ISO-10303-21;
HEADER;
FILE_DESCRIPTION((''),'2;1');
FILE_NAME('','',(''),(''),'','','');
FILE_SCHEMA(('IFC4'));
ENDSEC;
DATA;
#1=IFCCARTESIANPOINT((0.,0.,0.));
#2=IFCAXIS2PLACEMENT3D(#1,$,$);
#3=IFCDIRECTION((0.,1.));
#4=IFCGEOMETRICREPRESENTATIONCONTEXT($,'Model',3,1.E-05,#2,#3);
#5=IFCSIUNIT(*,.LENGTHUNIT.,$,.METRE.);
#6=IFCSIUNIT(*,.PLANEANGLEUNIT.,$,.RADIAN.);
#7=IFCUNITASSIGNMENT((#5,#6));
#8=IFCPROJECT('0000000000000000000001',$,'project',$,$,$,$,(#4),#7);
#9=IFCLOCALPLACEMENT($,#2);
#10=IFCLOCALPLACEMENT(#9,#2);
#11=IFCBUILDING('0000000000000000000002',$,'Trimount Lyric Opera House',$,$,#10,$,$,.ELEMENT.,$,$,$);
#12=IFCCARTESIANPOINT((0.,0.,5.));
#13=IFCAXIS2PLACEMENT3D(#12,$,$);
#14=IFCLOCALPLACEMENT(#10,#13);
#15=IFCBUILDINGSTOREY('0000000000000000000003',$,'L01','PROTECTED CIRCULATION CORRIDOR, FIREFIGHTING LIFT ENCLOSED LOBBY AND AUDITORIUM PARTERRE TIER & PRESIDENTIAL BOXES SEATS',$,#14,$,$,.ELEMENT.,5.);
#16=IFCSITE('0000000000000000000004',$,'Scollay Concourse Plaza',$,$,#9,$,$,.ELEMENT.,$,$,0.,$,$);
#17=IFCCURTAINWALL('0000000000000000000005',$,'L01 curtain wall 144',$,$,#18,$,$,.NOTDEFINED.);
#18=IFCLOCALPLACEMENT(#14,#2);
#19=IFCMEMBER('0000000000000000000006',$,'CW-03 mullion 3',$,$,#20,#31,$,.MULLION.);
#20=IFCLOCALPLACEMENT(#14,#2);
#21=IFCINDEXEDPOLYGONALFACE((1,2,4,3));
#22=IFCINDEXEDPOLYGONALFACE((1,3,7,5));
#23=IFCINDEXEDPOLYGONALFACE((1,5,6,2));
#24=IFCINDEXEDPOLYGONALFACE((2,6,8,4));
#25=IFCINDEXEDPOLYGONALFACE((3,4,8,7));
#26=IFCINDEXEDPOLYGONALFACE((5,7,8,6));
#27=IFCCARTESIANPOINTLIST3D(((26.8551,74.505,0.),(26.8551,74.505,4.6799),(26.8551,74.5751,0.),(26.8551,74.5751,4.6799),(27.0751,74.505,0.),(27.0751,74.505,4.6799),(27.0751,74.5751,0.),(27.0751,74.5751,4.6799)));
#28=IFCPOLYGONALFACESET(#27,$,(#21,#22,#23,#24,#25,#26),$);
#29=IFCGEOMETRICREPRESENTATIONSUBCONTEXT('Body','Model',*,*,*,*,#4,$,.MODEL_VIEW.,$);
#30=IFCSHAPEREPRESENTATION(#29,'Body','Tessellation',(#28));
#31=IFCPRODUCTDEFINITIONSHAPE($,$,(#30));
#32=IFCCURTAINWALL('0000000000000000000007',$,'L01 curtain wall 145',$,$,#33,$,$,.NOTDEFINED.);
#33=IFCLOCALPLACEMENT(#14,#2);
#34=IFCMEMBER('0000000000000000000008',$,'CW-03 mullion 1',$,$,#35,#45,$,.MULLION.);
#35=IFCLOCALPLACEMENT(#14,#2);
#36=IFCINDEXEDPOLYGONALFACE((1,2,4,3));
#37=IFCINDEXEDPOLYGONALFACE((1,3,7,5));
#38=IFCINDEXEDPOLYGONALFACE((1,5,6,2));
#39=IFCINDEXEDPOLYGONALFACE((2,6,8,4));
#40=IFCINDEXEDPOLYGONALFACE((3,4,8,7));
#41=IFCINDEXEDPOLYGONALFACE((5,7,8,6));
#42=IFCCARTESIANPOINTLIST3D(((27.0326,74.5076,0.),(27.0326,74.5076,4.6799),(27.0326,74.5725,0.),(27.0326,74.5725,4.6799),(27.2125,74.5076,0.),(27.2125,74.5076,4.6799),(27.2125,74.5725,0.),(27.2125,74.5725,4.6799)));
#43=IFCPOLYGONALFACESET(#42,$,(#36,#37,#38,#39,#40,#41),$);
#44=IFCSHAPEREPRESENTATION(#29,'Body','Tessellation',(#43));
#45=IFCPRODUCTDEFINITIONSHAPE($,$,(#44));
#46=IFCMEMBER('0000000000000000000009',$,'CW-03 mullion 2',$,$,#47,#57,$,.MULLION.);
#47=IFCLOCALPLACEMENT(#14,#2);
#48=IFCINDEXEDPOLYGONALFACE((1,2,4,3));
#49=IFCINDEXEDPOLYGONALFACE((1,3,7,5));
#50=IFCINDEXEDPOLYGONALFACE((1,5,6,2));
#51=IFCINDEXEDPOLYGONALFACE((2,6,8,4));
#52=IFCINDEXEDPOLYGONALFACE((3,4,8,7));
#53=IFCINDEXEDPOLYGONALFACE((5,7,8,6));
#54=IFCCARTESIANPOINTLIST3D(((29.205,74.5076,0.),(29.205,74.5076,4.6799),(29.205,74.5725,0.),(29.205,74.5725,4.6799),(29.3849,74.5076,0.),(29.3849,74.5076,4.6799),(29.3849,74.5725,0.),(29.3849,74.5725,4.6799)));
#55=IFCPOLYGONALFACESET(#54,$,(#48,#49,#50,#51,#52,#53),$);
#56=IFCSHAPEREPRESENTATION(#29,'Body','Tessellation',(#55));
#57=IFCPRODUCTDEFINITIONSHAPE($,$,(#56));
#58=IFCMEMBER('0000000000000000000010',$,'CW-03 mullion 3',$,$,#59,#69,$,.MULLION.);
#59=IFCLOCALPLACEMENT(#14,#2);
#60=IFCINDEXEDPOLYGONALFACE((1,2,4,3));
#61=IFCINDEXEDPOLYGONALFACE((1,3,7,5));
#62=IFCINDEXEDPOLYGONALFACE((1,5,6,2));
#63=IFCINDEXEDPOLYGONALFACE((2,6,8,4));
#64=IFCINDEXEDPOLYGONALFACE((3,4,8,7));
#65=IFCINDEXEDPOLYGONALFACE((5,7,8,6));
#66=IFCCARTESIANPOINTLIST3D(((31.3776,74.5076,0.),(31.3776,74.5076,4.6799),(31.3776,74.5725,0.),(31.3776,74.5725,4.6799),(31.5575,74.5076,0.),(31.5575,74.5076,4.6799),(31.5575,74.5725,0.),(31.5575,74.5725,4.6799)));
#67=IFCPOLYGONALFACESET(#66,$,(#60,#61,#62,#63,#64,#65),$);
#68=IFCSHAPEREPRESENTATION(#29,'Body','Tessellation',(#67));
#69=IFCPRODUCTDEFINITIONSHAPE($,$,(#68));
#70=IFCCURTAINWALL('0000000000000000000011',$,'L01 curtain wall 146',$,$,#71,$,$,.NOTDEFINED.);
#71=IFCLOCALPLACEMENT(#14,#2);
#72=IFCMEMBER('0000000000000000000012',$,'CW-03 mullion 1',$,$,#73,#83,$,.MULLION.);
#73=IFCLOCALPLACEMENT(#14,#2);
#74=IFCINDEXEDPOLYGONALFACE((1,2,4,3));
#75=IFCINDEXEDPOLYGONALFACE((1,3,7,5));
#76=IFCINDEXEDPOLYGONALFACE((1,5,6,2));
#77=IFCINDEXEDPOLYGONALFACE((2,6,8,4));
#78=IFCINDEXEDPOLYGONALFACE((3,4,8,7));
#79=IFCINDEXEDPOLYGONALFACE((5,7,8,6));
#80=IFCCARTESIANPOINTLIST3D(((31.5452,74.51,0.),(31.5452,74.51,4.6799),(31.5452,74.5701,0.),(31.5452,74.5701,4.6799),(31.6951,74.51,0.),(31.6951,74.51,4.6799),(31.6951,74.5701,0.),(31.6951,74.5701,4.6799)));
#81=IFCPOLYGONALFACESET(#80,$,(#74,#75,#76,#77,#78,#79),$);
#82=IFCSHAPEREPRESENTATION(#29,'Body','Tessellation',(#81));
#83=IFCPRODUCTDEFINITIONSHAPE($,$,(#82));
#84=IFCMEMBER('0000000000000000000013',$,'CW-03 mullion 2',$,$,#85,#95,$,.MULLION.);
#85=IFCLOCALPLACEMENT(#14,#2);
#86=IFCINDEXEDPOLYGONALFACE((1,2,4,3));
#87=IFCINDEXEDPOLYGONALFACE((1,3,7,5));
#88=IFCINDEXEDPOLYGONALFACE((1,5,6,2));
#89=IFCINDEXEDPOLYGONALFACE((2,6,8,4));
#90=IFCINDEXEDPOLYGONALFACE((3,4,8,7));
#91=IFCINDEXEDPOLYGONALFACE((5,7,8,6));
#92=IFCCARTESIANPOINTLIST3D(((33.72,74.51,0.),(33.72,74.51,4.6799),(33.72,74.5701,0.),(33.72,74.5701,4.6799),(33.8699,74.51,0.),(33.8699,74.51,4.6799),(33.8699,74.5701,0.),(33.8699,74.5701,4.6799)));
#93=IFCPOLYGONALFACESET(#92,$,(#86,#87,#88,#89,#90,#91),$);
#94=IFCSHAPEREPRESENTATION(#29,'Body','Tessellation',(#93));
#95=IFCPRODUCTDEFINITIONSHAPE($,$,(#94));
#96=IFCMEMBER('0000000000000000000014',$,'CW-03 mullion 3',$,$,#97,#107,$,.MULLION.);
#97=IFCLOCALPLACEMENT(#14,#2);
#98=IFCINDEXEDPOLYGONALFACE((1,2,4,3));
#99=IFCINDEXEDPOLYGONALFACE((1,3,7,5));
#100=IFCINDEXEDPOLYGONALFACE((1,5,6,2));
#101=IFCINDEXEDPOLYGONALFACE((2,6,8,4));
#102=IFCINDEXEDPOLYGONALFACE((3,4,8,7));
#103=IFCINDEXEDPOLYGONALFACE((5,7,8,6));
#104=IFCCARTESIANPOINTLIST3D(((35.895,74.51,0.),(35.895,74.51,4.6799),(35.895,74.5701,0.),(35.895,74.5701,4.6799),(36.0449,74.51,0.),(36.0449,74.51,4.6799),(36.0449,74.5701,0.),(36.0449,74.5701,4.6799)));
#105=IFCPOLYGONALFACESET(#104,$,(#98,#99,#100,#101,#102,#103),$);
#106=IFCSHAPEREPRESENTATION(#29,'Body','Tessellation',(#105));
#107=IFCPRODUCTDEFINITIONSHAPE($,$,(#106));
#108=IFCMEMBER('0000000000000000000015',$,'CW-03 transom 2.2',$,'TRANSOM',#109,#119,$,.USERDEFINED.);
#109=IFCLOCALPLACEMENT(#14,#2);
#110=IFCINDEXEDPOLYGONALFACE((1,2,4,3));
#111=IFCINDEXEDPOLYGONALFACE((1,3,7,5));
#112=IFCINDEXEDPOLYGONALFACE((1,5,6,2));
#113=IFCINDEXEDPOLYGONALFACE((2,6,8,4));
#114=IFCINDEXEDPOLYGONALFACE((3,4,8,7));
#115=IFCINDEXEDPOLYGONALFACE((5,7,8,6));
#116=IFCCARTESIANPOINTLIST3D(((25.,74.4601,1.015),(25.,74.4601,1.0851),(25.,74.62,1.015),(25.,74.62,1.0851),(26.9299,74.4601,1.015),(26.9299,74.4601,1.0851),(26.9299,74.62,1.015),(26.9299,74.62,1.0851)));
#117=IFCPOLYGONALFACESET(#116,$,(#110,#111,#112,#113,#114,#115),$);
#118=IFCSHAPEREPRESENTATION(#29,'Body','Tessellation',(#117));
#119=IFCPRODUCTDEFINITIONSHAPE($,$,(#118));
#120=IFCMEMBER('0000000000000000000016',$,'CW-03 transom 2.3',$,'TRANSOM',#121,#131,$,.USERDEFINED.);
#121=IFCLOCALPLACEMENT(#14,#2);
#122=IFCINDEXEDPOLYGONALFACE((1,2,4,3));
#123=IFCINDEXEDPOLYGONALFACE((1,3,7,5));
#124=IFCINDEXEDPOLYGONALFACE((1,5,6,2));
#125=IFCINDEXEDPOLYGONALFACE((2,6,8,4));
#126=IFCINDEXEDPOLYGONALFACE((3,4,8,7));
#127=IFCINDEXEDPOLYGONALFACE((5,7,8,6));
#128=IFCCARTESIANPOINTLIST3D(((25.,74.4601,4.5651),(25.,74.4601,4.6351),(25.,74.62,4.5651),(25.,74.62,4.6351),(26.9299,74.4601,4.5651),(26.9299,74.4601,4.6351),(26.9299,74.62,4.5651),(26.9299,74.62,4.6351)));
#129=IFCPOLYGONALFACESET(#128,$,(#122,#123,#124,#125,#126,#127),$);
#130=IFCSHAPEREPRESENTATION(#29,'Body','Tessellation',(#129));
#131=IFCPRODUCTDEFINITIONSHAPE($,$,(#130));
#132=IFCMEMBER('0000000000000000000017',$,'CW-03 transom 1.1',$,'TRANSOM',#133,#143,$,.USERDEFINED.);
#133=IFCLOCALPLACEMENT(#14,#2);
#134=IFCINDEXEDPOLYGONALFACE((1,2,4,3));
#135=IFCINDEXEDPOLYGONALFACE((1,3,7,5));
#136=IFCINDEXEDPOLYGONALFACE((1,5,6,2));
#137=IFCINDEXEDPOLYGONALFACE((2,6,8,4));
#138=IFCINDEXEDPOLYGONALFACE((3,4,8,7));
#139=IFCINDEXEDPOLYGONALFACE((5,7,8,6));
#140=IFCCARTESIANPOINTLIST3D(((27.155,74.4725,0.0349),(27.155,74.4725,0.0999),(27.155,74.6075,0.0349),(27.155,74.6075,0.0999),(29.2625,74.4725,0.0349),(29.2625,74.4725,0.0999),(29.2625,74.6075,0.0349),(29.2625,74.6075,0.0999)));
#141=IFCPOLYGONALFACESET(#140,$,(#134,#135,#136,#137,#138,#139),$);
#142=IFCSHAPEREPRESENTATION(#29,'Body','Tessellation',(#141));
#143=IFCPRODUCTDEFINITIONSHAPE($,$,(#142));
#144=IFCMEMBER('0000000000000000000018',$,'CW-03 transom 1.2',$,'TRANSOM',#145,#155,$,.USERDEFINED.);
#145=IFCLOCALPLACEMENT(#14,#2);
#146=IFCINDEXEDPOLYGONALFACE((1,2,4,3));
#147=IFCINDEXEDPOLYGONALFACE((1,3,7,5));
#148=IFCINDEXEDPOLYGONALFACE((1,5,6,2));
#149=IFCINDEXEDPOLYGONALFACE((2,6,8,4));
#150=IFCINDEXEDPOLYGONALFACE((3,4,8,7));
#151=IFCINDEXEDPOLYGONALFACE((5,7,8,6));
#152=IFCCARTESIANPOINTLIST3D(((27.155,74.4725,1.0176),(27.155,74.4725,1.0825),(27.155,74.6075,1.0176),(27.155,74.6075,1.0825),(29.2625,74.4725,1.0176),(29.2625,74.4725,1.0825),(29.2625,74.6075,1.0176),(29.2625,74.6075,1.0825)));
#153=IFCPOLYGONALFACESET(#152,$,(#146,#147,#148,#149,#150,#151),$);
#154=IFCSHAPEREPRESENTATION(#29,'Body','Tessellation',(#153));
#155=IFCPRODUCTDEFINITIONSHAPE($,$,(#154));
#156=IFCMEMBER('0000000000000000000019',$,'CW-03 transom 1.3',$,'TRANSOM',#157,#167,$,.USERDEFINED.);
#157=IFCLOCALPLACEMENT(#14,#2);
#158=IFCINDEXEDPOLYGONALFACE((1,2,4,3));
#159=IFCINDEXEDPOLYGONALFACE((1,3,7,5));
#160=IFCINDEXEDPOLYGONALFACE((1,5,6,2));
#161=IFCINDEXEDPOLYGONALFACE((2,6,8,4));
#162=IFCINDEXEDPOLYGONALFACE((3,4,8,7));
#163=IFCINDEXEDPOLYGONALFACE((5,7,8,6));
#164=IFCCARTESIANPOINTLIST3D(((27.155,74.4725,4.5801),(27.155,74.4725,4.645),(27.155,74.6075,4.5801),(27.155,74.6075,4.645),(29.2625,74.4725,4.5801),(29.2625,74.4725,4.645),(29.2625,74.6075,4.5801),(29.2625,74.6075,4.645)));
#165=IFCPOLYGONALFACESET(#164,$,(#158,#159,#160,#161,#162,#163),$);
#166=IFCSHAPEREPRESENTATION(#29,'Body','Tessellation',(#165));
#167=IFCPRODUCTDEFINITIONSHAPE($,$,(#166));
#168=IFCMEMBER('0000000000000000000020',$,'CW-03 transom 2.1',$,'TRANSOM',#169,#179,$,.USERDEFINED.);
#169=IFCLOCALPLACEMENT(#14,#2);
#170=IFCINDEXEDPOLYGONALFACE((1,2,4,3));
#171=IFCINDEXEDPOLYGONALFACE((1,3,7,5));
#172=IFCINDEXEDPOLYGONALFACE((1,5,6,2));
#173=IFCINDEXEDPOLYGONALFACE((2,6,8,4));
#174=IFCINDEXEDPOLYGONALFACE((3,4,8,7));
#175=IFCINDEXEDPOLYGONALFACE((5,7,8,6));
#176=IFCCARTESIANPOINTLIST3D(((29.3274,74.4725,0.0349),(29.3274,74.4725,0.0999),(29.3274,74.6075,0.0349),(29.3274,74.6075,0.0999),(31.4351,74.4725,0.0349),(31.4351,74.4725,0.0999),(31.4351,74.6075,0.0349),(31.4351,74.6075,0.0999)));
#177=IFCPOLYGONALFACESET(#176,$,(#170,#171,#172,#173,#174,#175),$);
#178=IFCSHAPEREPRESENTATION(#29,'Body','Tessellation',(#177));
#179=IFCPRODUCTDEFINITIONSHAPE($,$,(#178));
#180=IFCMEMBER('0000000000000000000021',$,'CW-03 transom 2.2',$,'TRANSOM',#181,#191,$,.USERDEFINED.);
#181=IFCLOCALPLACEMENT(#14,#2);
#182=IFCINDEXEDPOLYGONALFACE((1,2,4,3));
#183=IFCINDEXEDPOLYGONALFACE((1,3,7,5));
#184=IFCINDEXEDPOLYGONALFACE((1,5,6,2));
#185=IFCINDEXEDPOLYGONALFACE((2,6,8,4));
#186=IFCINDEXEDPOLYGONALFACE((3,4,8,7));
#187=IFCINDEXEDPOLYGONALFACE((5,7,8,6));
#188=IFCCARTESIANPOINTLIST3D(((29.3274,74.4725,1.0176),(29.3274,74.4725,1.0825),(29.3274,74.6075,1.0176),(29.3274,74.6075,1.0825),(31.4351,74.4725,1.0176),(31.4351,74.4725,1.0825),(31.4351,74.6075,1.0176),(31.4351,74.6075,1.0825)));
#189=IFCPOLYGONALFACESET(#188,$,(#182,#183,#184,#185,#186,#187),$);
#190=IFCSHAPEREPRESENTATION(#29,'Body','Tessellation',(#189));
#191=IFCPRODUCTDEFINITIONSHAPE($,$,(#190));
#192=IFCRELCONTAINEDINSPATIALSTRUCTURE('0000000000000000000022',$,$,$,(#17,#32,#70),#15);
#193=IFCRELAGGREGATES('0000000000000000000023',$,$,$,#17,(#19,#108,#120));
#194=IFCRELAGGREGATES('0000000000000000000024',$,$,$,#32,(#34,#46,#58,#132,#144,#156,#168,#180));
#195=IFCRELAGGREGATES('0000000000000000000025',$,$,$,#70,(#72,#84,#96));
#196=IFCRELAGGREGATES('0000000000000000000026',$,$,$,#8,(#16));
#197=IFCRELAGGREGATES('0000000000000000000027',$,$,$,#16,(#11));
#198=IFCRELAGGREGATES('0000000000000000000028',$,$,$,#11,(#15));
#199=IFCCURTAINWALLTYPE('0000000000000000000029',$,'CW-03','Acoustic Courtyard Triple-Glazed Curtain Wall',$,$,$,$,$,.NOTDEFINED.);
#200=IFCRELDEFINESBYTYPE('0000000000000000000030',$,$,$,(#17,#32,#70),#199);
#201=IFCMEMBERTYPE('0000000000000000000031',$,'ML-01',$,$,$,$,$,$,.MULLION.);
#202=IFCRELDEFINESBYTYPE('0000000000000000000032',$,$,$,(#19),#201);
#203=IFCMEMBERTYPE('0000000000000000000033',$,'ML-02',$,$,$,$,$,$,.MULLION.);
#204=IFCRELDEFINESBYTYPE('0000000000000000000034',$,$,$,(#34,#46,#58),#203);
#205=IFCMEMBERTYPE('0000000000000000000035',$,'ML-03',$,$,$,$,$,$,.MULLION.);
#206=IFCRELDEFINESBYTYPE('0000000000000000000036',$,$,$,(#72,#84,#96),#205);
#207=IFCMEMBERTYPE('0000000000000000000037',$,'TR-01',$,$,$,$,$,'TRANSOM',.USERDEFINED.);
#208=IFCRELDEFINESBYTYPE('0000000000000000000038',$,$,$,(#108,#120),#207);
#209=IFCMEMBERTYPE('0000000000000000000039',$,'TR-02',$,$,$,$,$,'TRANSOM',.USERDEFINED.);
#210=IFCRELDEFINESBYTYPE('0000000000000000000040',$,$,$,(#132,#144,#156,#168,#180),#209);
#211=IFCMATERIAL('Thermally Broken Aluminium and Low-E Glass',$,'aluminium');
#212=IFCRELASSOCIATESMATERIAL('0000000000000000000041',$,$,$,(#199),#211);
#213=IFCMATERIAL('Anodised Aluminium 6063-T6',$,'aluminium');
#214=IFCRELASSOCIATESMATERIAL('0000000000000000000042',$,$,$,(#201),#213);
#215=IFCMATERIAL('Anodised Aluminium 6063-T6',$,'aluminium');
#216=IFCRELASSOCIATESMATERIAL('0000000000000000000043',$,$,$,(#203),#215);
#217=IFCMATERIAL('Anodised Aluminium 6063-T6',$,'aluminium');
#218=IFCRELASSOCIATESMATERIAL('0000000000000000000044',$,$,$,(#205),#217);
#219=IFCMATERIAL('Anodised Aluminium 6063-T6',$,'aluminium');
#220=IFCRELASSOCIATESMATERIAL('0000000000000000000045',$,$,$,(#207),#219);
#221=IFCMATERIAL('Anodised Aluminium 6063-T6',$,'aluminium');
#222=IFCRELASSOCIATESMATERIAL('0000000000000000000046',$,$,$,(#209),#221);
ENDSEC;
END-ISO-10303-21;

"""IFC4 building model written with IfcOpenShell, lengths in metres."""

from ifc_helpers import new_model, si_unit, direction, frame, origin, origin_2d, place, context, subcontext, project, spatial, rectangle, extrude, material, material_profile, profile_set, type_object, element, aggregate, save


model = new_model("IFC4")

# Units and contexts
model_context = context("Model", 3, precision=1e-05, world=origin(), true_north=direction((0.0, 1.0)))
body_context = subcontext(model_context, "Body", "Model", "MODEL_VIEW")
ifc_project = project(units=[si_unit("LENGTHUNIT", "METRE"), si_unit("PLANEANGLEUNIT", "RADIAN")], contexts=[model_context])

# Site, building, storey
site_placement = place(None, origin())
site = spatial("IfcSite", under=ifc_project, at=site_placement, Name="Scollay Concourse Plaza", CompositionType="ELEMENT", RefElevation=0.0)
building_placement = place(site_placement, origin())
building = spatial("IfcBuilding", under=site, at=building_placement, Name="Trimount Lyric Opera House", CompositionType="ELEMENT")
storey_placement = place(building_placement, frame((0.0, 0.0, 5.0)))
storey = spatial("IfcBuildingStorey", under=building, at=storey_placement, Name="L01", Description="PROTECTED CIRCULATION CORRIDOR, FIREFIGHTING LIFT ENCLOSED LOBBY AND AUDITORIUM PARTERRE TIER & PRESIDENTIAL BOXES SEATS", CompositionType="ELEMENT", Elevation=5.0)

# Curtain wall, member
ifc_material_1 = material(Name="Thermally Broken Aluminium and Low-E Glass", Category="aluminium")
curtain_wall_type = type_object("IfcCurtainWallType", Name="CW-03", Description="Acoustic Courtyard Triple-Glazed Curtain Wall", PredefinedType="NOTDEFINED", material=ifc_material_1)
curtain_wall_1_placement = place(storey_placement, origin())
curtain_wall_1 = element("IfcCurtainWall", 1, at=curtain_wall_1_placement, inside=storey, type_object=curtain_wall_type, Name="L01 curtain wall 144", PredefinedType="NOTDEFINED")
ifc_material_2 = material(Name="Anodised Aluminium 6063-T6", Category="aluminium")
ifc_material_profile_1 = material_profile(ifc_material_2, rectangle(XDim=0.0701, YDim=0.22, at=origin_2d()), Name="ALU-MULL-70X220")
ifc_profile_set_1 = profile_set([ifc_material_profile_1], Name="Anodised Aluminium 6063-T6")
member_type_1 = type_object("IfcMemberType", Name="ML-01", PredefinedType="MULLION", material=ifc_profile_set_1)
member_1_placement = place(storey_placement, frame((26.9651, 74.54, 0.0), z_axis=(0.0, 0.0, 1.0), x_axis=(0.0, 1.0, 0.0)))
member_1 = element("IfcMember", 2, at=member_1_placement, type_object=member_type_1, Name="CW-03 mullion 3", PredefinedType="MULLION", context=body_context, shape_type="SweptSolid", body=[
    extrude(rectangle(XDim=0.0701, YDim=0.22, at=origin_2d()), origin(), (0.0, 0.0, 1.0), 4.6799),
])

# Curtain walls, members
curtain_wall_2_placement = place(storey_placement, origin())
curtain_wall_2 = element("IfcCurtainWall", 3, at=curtain_wall_2_placement, inside=storey, type_object=curtain_wall_type, Name="L01 curtain wall 145", PredefinedType="NOTDEFINED")
ifc_material_3 = material(Name="Anodised Aluminium 6063-T6", Category="aluminium")
ifc_material_profile_2 = material_profile(ifc_material_3, rectangle(XDim=0.0649, YDim=0.1799, at=origin_2d()), Name="ALU-MULL-65X180")
ifc_profile_set_2 = profile_set([ifc_material_profile_2], Name="Anodised Aluminium 6063-T6")
member_type_2 = type_object("IfcMemberType", Name="ML-02", PredefinedType="MULLION", material=ifc_profile_set_2)
member_2_placement = place(storey_placement, frame((27.1226, 74.54, 0.0), z_axis=(0.0, 0.0, 1.0), x_axis=(0.0, 1.0, 0.0)))
member_2 = element("IfcMember", 4, at=member_2_placement, type_object=member_type_2, Name="CW-03 mullion 1", PredefinedType="MULLION", context=body_context, shape_type="SweptSolid", body=[
    extrude(rectangle(XDim=0.0649, YDim=0.1799, at=origin_2d()), origin(), (0.0, 0.0, 1.0), 4.6799),
])
member_3_placement = place(storey_placement, frame((29.2949, 74.54, 0.0), z_axis=(0.0, 0.0, 1.0), x_axis=(0.0, 1.0, 0.0)))
member_3 = element("IfcMember", 5, at=member_3_placement, type_object=member_type_2, Name="CW-03 mullion 2", PredefinedType="MULLION", context=body_context, shape_type="SweptSolid", body=[
    extrude(rectangle(XDim=0.0649, YDim=0.1799, at=origin_2d()), origin(), (0.0, 0.0, 1.0), 4.6799),
])
member_4_placement = place(storey_placement, frame((31.4675, 74.54, 0.0), z_axis=(0.0, 0.0, 1.0), x_axis=(0.0, 1.0, 0.0)))
member_4 = element("IfcMember", 6, at=member_4_placement, type_object=member_type_2, Name="CW-03 mullion 3", PredefinedType="MULLION", context=body_context, shape_type="SweptSolid", body=[
    extrude(rectangle(XDim=0.0649, YDim=0.1799, at=origin_2d()), origin(), (0.0, 0.0, 1.0), 4.6799),
])
curtain_wall_3_placement = place(storey_placement, origin())
curtain_wall_3 = element("IfcCurtainWall", 7, at=curtain_wall_3_placement, inside=storey, type_object=curtain_wall_type, Name="L01 curtain wall 146", PredefinedType="NOTDEFINED")
ifc_material_4 = material(Name="Anodised Aluminium 6063-T6", Category="aluminium")
ifc_material_profile_3 = material_profile(ifc_material_4, rectangle(XDim=0.0601, YDim=0.1499, at=origin_2d()), Name="ALU-MULL-60X150")
ifc_profile_set_3 = profile_set([ifc_material_profile_3], Name="Anodised Aluminium 6063-T6")
member_type_3 = type_object("IfcMemberType", Name="ML-03", PredefinedType="MULLION", material=ifc_profile_set_3)
member_5_placement = place(storey_placement, frame((31.6201, 74.54, 0.0), z_axis=(0.0, 0.0, 1.0), x_axis=(0.0, 1.0, 0.0)))
member_5 = element("IfcMember", 8, at=member_5_placement, type_object=member_type_3, Name="CW-03 mullion 1", PredefinedType="MULLION", context=body_context, shape_type="SweptSolid", body=[
    extrude(rectangle(XDim=0.0601, YDim=0.1499, at=origin_2d()), origin(), (0.0, 0.0, 1.0), 4.6799),
])
member_6_placement = place(storey_placement, frame((33.7949, 74.54, 0.0), z_axis=(0.0, 0.0, 1.0), x_axis=(0.0, 1.0, 0.0)))
member_6 = element("IfcMember", 9, at=member_6_placement, type_object=member_type_3, Name="CW-03 mullion 2", PredefinedType="MULLION", context=body_context, shape_type="SweptSolid", body=[
    extrude(rectangle(XDim=0.0601, YDim=0.1499, at=origin_2d()), origin(), (0.0, 0.0, 1.0), 4.6799),
])
member_7_placement = place(storey_placement, frame((35.97, 74.54, 0.0), z_axis=(0.0, 0.0, 1.0), x_axis=(0.0, 1.0, 0.0)))
member_7 = element("IfcMember", 10, at=member_7_placement, type_object=member_type_3, Name="CW-03 mullion 3", PredefinedType="MULLION", context=body_context, shape_type="SweptSolid", body=[
    extrude(rectangle(XDim=0.0601, YDim=0.1499, at=origin_2d()), origin(), (0.0, 0.0, 1.0), 4.6799),
])

# Members
ifc_material_5 = material(Name="Anodised Aluminium 6063-T6", Category="aluminium")
ifc_material_profile_4 = material_profile(ifc_material_5, rectangle(XDim=0.1599, YDim=0.0701, at=origin_2d()), Name="ALU-TRAN-70X160")
ifc_profile_set_4 = profile_set([ifc_material_profile_4], Name="Anodised Aluminium 6063-T6")
member_type_4 = type_object("IfcMemberType", Name="TR-01", ElementType="TRANSOM", PredefinedType="USERDEFINED", material=ifc_profile_set_4)
member_8_placement = place(storey_placement, frame((25.0, 74.54, 1.05), z_axis=(1.0, 0.0, 0.0), x_axis=(0.0, 1.0, 0.0)))
member_8 = element("IfcMember", 11, at=member_8_placement, type_object=member_type_4, Name="CW-03 transom 2.2", ObjectType="TRANSOM", PredefinedType="USERDEFINED", context=body_context, shape_type="SweptSolid", body=[
    extrude(rectangle(XDim=0.1599, YDim=0.0701, at=origin_2d()), origin(), (0.0, 0.0, 1.0), 1.9299),
])
member_9_placement = place(storey_placement, frame((25.0, 74.54, 4.6001), z_axis=(1.0, 0.0, 0.0), x_axis=(0.0, 1.0, 0.0)))
member_9 = element("IfcMember", 12, at=member_9_placement, type_object=member_type_4, Name="CW-03 transom 2.3", ObjectType="TRANSOM", PredefinedType="USERDEFINED", context=body_context, shape_type="SweptSolid", body=[
    extrude(rectangle(XDim=0.1599, YDim=0.0701, at=origin_2d()), origin(), (0.0, 0.0, 1.0), 1.9299),
])
ifc_material_6 = material(Name="Anodised Aluminium 6063-T6", Category="aluminium")
ifc_material_profile_5 = material_profile(ifc_material_6, rectangle(XDim=0.135, YDim=0.0649, at=origin_2d()), Name="ALU-TRAN-65X135")
ifc_profile_set_5 = profile_set([ifc_material_profile_5], Name="Anodised Aluminium 6063-T6")
member_type_5 = type_object("IfcMemberType", Name="TR-02", ElementType="TRANSOM", PredefinedType="USERDEFINED", material=ifc_profile_set_5)
member_10_placement = place(storey_placement, frame((27.155, 74.54, 0.0674), z_axis=(1.0, 0.0, 0.0), x_axis=(0.0, 1.0, 0.0)))
member_10 = element("IfcMember", 13, at=member_10_placement, type_object=member_type_5, Name="CW-03 transom 1.1", ObjectType="TRANSOM", PredefinedType="USERDEFINED", context=body_context, shape_type="SweptSolid", body=[
    extrude(rectangle(XDim=0.135, YDim=0.0649, at=origin_2d()), origin(), (0.0, 0.0, 1.0), 2.1074),
])
member_11_placement = place(storey_placement, frame((27.155, 74.54, 1.05), z_axis=(1.0, 0.0, 0.0), x_axis=(0.0, 1.0, 0.0)))
member_11 = element("IfcMember", 14, at=member_11_placement, type_object=member_type_5, Name="CW-03 transom 1.2", ObjectType="TRANSOM", PredefinedType="USERDEFINED", context=body_context, shape_type="SweptSolid", body=[
    extrude(rectangle(XDim=0.135, YDim=0.0649, at=origin_2d()), origin(), (0.0, 0.0, 1.0), 2.1074),
])
member_12_placement = place(storey_placement, frame((27.155, 74.54, 4.6125), z_axis=(1.0, 0.0, 0.0), x_axis=(0.0, 1.0, 0.0)))
member_12 = element("IfcMember", 15, at=member_12_placement, type_object=member_type_5, Name="CW-03 transom 1.3", ObjectType="TRANSOM", PredefinedType="USERDEFINED", context=body_context, shape_type="SweptSolid", body=[
    extrude(rectangle(XDim=0.135, YDim=0.0649, at=origin_2d()), origin(), (0.0, 0.0, 1.0), 2.1074),
])
member_13_placement = place(storey_placement, frame((29.3274, 74.54, 0.0674), z_axis=(1.0, 0.0, 0.0), x_axis=(0.0, 1.0, 0.0)))
member_13 = element("IfcMember", 16, at=member_13_placement, type_object=member_type_5, Name="CW-03 transom 2.1", ObjectType="TRANSOM", PredefinedType="USERDEFINED", context=body_context, shape_type="SweptSolid", body=[
    extrude(rectangle(XDim=0.135, YDim=0.0649, at=origin_2d()), origin(), (0.0, 0.0, 1.0), 2.1077),
])
member_14_placement = place(storey_placement, frame((29.3274, 74.54, 1.05), z_axis=(1.0, 0.0, 0.0), x_axis=(0.0, 1.0, 0.0)))
member_14 = element("IfcMember", 17, at=member_14_placement, type_object=member_type_5, Name="CW-03 transom 2.2", ObjectType="TRANSOM", PredefinedType="USERDEFINED", context=body_context, shape_type="SweptSolid", body=[
    extrude(rectangle(XDim=0.135, YDim=0.0649, at=origin_2d()), origin(), (0.0, 0.0, 1.0), 2.1077),
])

aggregate(curtain_wall_1, [member_1, member_8, member_9])
aggregate(curtain_wall_2, [member_2, member_3, member_4, member_10, member_11, member_12, member_13, member_14])
aggregate(curtain_wall_3, [member_5, member_6, member_7])

save(model, "model.ifc")
